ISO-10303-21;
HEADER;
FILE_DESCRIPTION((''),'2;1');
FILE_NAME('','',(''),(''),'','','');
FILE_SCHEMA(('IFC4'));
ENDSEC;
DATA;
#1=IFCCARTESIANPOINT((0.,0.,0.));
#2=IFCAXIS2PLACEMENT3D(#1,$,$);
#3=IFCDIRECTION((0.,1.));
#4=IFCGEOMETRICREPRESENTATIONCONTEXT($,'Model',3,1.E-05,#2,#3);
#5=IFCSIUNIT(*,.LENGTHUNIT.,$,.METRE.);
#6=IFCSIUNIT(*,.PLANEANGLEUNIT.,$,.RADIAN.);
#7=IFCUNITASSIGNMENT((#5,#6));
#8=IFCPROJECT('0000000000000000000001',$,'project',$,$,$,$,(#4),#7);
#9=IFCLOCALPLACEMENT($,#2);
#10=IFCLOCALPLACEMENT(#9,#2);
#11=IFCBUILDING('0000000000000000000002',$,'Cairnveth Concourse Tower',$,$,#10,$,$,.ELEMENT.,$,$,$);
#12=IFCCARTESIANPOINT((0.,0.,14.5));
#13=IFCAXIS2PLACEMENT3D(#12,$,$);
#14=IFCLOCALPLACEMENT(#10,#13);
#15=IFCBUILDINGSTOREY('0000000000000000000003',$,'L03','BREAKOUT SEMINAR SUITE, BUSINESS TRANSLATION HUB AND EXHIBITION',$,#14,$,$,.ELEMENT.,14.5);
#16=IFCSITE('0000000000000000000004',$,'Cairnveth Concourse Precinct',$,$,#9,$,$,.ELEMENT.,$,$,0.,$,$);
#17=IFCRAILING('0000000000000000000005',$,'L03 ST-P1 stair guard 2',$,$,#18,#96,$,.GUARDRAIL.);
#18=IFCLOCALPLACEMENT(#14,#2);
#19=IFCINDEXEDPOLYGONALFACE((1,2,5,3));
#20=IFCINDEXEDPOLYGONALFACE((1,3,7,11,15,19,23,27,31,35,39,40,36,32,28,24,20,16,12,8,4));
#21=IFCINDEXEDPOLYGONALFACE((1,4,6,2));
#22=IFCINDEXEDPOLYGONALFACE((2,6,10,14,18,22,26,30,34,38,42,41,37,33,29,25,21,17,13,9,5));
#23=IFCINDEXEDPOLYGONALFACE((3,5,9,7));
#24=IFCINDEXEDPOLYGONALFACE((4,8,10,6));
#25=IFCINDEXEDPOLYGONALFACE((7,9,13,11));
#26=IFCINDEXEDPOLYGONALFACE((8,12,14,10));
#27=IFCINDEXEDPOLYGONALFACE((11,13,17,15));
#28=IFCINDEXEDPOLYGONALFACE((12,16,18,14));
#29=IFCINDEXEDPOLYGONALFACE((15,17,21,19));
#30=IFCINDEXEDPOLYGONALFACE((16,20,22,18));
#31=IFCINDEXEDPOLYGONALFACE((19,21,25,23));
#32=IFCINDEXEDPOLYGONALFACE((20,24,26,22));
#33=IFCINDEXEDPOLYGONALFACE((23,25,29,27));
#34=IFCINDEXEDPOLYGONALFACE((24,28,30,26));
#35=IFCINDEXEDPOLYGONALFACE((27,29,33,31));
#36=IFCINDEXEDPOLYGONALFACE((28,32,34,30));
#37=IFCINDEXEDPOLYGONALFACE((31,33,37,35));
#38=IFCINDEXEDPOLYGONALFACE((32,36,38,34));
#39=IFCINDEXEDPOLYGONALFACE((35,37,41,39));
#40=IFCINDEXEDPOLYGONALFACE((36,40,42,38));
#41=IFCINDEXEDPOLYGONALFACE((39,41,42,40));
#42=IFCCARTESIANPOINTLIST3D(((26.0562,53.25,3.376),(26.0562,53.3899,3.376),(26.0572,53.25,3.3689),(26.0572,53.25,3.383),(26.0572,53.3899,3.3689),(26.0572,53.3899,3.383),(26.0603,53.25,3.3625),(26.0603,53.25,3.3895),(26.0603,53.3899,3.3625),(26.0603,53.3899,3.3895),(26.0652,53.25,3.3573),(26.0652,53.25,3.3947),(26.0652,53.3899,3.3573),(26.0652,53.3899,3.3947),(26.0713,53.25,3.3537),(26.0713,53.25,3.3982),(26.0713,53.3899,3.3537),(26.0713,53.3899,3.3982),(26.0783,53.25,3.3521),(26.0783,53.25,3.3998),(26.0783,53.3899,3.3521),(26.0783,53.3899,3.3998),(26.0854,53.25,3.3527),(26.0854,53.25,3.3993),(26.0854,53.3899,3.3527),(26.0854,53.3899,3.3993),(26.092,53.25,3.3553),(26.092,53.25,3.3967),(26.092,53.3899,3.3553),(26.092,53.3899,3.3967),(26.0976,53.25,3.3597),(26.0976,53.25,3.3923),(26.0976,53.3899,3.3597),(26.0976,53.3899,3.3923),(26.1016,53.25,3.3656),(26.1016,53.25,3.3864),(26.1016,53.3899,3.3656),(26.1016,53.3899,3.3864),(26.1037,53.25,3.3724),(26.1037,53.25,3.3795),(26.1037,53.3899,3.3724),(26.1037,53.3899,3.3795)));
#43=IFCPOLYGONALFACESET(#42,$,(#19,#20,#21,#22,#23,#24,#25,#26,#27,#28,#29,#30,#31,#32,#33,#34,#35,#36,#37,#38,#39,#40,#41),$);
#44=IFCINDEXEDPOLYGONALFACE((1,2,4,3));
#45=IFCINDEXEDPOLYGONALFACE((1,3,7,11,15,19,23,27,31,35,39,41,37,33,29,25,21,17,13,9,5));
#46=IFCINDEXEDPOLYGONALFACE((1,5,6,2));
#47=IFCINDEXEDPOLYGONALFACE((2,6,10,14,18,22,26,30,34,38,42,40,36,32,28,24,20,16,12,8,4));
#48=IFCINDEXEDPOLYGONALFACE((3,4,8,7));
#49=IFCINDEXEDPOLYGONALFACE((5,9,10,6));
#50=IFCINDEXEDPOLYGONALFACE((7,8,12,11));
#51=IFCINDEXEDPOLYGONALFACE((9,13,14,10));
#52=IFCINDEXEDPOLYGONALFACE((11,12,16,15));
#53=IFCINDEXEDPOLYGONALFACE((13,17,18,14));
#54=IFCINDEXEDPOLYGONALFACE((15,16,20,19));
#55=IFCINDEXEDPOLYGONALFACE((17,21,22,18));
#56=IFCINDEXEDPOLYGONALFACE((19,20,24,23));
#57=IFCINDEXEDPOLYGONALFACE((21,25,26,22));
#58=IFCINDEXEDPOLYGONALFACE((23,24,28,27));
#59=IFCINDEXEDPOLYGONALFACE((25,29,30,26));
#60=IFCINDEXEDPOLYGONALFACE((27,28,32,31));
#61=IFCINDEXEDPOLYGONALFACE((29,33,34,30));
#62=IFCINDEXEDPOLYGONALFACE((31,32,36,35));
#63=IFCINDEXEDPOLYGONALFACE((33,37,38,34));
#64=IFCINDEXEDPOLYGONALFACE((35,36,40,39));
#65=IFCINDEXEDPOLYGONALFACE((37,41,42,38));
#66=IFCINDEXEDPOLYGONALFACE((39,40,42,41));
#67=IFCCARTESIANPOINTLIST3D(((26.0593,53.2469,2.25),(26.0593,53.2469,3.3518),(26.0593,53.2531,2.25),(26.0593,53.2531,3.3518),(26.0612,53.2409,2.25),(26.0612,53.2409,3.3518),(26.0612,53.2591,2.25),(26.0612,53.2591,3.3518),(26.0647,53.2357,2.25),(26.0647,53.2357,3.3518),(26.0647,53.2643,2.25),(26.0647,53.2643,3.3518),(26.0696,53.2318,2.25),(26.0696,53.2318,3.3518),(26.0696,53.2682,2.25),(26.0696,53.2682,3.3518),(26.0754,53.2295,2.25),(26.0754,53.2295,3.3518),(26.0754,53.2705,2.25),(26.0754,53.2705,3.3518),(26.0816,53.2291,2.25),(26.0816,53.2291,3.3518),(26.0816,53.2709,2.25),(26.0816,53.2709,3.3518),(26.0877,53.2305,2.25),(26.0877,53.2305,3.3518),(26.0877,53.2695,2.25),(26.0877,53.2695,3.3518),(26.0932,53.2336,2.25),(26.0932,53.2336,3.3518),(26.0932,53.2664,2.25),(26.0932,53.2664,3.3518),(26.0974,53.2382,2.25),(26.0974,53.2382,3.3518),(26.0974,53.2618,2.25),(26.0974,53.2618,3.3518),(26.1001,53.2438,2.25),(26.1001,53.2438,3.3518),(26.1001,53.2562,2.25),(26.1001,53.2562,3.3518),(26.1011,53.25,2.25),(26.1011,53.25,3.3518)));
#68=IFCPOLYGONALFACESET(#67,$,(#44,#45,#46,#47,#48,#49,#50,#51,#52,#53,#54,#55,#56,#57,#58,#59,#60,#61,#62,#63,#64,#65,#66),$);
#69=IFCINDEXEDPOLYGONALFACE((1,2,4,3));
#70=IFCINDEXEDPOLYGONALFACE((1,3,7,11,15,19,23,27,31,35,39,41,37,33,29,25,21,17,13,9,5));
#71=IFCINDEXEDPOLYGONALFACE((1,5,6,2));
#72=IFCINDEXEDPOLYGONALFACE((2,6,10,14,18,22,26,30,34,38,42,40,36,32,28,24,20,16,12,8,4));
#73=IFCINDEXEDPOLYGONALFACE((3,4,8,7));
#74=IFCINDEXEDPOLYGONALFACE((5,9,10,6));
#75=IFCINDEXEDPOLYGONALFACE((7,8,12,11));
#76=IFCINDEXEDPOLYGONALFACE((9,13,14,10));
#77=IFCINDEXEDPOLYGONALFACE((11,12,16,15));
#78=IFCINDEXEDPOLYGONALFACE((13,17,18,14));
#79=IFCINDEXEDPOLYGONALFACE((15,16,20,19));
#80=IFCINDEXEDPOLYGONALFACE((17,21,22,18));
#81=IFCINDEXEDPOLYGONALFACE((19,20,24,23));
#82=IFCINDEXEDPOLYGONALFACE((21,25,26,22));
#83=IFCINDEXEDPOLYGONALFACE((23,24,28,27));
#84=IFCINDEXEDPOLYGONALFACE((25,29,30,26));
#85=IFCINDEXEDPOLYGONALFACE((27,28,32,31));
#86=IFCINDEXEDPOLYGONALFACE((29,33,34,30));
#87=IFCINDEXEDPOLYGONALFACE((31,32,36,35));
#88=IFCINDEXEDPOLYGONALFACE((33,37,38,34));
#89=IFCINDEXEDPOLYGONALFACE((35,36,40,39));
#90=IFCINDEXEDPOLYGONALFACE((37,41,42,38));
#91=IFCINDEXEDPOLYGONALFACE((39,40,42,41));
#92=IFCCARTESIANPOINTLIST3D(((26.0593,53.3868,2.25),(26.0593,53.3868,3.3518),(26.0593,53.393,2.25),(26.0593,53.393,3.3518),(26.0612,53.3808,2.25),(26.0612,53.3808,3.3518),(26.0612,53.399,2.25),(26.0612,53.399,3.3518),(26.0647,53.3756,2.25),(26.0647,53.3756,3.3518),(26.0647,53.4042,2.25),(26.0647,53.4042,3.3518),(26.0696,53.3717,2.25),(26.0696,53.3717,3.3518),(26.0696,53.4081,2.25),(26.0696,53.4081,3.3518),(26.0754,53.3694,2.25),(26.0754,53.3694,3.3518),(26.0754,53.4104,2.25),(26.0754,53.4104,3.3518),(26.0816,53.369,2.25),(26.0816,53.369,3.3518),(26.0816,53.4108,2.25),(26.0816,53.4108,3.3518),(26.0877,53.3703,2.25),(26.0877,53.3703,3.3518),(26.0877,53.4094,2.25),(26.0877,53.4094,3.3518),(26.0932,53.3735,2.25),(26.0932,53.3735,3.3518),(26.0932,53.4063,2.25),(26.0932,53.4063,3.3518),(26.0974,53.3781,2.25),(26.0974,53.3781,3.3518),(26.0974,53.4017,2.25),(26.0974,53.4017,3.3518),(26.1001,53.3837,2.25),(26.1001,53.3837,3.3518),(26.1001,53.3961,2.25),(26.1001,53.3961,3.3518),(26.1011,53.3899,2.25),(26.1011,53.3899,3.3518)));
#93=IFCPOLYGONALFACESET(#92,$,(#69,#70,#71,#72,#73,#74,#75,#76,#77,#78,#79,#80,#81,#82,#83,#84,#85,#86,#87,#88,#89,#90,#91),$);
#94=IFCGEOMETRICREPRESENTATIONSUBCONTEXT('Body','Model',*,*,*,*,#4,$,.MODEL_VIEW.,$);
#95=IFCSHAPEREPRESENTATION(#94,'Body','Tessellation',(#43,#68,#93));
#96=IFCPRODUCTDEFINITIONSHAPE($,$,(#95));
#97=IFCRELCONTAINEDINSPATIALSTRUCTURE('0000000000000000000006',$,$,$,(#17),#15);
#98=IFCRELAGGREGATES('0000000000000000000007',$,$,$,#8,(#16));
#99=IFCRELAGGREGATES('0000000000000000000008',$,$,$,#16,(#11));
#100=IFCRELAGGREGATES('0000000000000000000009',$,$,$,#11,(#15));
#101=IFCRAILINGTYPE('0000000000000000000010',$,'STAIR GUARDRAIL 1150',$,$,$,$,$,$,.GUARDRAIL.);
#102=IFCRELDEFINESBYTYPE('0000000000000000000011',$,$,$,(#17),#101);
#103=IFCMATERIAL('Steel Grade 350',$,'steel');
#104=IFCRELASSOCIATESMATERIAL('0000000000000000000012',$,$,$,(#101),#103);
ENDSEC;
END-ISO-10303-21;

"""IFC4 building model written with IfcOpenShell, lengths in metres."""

from ifc_helpers import new_model, si_unit, direction, frame, origin, origin_2d, place, context, subcontext, project, spatial, circle, extrude, material, type_object, element, save


model = new_model("IFC4")

# Units and contexts
model_context = context("Model", 3, precision=1e-05, world=origin(), true_north=direction((0.0, 1.0)))
body_context = subcontext(model_context, "Body", "Model", "MODEL_VIEW")
ifc_project = project(units=[si_unit("LENGTHUNIT", "METRE"), si_unit("PLANEANGLEUNIT", "RADIAN")], contexts=[model_context])

# Site, building, storey
site_placement = place(None, origin())
site = spatial("IfcSite", under=ifc_project, at=site_placement, Name="Cairnveth Concourse Precinct", CompositionType="ELEMENT", RefElevation=0.0)
building_placement = place(site_placement, origin())
building = spatial("IfcBuilding", under=site, at=building_placement, Name="Cairnveth Concourse Tower", CompositionType="ELEMENT")
storey_placement = place(building_placement, frame((0.0, 0.0, 14.5)))
storey = spatial("IfcBuildingStorey", under=building, at=storey_placement, Name="L03", Description="BREAKOUT SEMINAR SUITE, BUSINESS TRANSLATION HUB AND EXHIBITION", CompositionType="ELEMENT", Elevation=14.5)

# Shared definitions
ifc_material_1 = material(Name="Steel Grade 350", Category="steel")

# Railing
railing_type_1 = type_object("IfcRailingType", Name="STAIR GUARDRAIL 1150", PredefinedType="GUARDRAIL", material=ifc_material_1)
railing_1_placement = place(storey_placement, frame((26.0801, 53.25, 2.25)))
element("IfcRailing", 1, at=railing_1_placement, inside=storey, type_object=railing_type_1, Name="L03 ST-P1 stair guard 2", PredefinedType="GUARDRAIL", context=body_context, shape_type="SweptSolid", body=[
    extrude(circle(Radius=0.0239, at=origin_2d()), frame((0.0, 0.0, 1.126), z_axis=(0.0, 1.0, 0.0), x_axis=(-1.0, 0.0, 0.0)), (0.0, 0.0, 1.0), 0.1399),
    extrude(circle(Radius=0.021, at=origin_2d()), origin(), (0.0, 0.0, 1.0), 1.1018),
    extrude(circle(Radius=0.021, at=origin_2d()), frame((0.0, 0.1399, 0.0)), (0.0, 0.0, 1.0), 1.1018),
])

save(model, "model.ifc")
